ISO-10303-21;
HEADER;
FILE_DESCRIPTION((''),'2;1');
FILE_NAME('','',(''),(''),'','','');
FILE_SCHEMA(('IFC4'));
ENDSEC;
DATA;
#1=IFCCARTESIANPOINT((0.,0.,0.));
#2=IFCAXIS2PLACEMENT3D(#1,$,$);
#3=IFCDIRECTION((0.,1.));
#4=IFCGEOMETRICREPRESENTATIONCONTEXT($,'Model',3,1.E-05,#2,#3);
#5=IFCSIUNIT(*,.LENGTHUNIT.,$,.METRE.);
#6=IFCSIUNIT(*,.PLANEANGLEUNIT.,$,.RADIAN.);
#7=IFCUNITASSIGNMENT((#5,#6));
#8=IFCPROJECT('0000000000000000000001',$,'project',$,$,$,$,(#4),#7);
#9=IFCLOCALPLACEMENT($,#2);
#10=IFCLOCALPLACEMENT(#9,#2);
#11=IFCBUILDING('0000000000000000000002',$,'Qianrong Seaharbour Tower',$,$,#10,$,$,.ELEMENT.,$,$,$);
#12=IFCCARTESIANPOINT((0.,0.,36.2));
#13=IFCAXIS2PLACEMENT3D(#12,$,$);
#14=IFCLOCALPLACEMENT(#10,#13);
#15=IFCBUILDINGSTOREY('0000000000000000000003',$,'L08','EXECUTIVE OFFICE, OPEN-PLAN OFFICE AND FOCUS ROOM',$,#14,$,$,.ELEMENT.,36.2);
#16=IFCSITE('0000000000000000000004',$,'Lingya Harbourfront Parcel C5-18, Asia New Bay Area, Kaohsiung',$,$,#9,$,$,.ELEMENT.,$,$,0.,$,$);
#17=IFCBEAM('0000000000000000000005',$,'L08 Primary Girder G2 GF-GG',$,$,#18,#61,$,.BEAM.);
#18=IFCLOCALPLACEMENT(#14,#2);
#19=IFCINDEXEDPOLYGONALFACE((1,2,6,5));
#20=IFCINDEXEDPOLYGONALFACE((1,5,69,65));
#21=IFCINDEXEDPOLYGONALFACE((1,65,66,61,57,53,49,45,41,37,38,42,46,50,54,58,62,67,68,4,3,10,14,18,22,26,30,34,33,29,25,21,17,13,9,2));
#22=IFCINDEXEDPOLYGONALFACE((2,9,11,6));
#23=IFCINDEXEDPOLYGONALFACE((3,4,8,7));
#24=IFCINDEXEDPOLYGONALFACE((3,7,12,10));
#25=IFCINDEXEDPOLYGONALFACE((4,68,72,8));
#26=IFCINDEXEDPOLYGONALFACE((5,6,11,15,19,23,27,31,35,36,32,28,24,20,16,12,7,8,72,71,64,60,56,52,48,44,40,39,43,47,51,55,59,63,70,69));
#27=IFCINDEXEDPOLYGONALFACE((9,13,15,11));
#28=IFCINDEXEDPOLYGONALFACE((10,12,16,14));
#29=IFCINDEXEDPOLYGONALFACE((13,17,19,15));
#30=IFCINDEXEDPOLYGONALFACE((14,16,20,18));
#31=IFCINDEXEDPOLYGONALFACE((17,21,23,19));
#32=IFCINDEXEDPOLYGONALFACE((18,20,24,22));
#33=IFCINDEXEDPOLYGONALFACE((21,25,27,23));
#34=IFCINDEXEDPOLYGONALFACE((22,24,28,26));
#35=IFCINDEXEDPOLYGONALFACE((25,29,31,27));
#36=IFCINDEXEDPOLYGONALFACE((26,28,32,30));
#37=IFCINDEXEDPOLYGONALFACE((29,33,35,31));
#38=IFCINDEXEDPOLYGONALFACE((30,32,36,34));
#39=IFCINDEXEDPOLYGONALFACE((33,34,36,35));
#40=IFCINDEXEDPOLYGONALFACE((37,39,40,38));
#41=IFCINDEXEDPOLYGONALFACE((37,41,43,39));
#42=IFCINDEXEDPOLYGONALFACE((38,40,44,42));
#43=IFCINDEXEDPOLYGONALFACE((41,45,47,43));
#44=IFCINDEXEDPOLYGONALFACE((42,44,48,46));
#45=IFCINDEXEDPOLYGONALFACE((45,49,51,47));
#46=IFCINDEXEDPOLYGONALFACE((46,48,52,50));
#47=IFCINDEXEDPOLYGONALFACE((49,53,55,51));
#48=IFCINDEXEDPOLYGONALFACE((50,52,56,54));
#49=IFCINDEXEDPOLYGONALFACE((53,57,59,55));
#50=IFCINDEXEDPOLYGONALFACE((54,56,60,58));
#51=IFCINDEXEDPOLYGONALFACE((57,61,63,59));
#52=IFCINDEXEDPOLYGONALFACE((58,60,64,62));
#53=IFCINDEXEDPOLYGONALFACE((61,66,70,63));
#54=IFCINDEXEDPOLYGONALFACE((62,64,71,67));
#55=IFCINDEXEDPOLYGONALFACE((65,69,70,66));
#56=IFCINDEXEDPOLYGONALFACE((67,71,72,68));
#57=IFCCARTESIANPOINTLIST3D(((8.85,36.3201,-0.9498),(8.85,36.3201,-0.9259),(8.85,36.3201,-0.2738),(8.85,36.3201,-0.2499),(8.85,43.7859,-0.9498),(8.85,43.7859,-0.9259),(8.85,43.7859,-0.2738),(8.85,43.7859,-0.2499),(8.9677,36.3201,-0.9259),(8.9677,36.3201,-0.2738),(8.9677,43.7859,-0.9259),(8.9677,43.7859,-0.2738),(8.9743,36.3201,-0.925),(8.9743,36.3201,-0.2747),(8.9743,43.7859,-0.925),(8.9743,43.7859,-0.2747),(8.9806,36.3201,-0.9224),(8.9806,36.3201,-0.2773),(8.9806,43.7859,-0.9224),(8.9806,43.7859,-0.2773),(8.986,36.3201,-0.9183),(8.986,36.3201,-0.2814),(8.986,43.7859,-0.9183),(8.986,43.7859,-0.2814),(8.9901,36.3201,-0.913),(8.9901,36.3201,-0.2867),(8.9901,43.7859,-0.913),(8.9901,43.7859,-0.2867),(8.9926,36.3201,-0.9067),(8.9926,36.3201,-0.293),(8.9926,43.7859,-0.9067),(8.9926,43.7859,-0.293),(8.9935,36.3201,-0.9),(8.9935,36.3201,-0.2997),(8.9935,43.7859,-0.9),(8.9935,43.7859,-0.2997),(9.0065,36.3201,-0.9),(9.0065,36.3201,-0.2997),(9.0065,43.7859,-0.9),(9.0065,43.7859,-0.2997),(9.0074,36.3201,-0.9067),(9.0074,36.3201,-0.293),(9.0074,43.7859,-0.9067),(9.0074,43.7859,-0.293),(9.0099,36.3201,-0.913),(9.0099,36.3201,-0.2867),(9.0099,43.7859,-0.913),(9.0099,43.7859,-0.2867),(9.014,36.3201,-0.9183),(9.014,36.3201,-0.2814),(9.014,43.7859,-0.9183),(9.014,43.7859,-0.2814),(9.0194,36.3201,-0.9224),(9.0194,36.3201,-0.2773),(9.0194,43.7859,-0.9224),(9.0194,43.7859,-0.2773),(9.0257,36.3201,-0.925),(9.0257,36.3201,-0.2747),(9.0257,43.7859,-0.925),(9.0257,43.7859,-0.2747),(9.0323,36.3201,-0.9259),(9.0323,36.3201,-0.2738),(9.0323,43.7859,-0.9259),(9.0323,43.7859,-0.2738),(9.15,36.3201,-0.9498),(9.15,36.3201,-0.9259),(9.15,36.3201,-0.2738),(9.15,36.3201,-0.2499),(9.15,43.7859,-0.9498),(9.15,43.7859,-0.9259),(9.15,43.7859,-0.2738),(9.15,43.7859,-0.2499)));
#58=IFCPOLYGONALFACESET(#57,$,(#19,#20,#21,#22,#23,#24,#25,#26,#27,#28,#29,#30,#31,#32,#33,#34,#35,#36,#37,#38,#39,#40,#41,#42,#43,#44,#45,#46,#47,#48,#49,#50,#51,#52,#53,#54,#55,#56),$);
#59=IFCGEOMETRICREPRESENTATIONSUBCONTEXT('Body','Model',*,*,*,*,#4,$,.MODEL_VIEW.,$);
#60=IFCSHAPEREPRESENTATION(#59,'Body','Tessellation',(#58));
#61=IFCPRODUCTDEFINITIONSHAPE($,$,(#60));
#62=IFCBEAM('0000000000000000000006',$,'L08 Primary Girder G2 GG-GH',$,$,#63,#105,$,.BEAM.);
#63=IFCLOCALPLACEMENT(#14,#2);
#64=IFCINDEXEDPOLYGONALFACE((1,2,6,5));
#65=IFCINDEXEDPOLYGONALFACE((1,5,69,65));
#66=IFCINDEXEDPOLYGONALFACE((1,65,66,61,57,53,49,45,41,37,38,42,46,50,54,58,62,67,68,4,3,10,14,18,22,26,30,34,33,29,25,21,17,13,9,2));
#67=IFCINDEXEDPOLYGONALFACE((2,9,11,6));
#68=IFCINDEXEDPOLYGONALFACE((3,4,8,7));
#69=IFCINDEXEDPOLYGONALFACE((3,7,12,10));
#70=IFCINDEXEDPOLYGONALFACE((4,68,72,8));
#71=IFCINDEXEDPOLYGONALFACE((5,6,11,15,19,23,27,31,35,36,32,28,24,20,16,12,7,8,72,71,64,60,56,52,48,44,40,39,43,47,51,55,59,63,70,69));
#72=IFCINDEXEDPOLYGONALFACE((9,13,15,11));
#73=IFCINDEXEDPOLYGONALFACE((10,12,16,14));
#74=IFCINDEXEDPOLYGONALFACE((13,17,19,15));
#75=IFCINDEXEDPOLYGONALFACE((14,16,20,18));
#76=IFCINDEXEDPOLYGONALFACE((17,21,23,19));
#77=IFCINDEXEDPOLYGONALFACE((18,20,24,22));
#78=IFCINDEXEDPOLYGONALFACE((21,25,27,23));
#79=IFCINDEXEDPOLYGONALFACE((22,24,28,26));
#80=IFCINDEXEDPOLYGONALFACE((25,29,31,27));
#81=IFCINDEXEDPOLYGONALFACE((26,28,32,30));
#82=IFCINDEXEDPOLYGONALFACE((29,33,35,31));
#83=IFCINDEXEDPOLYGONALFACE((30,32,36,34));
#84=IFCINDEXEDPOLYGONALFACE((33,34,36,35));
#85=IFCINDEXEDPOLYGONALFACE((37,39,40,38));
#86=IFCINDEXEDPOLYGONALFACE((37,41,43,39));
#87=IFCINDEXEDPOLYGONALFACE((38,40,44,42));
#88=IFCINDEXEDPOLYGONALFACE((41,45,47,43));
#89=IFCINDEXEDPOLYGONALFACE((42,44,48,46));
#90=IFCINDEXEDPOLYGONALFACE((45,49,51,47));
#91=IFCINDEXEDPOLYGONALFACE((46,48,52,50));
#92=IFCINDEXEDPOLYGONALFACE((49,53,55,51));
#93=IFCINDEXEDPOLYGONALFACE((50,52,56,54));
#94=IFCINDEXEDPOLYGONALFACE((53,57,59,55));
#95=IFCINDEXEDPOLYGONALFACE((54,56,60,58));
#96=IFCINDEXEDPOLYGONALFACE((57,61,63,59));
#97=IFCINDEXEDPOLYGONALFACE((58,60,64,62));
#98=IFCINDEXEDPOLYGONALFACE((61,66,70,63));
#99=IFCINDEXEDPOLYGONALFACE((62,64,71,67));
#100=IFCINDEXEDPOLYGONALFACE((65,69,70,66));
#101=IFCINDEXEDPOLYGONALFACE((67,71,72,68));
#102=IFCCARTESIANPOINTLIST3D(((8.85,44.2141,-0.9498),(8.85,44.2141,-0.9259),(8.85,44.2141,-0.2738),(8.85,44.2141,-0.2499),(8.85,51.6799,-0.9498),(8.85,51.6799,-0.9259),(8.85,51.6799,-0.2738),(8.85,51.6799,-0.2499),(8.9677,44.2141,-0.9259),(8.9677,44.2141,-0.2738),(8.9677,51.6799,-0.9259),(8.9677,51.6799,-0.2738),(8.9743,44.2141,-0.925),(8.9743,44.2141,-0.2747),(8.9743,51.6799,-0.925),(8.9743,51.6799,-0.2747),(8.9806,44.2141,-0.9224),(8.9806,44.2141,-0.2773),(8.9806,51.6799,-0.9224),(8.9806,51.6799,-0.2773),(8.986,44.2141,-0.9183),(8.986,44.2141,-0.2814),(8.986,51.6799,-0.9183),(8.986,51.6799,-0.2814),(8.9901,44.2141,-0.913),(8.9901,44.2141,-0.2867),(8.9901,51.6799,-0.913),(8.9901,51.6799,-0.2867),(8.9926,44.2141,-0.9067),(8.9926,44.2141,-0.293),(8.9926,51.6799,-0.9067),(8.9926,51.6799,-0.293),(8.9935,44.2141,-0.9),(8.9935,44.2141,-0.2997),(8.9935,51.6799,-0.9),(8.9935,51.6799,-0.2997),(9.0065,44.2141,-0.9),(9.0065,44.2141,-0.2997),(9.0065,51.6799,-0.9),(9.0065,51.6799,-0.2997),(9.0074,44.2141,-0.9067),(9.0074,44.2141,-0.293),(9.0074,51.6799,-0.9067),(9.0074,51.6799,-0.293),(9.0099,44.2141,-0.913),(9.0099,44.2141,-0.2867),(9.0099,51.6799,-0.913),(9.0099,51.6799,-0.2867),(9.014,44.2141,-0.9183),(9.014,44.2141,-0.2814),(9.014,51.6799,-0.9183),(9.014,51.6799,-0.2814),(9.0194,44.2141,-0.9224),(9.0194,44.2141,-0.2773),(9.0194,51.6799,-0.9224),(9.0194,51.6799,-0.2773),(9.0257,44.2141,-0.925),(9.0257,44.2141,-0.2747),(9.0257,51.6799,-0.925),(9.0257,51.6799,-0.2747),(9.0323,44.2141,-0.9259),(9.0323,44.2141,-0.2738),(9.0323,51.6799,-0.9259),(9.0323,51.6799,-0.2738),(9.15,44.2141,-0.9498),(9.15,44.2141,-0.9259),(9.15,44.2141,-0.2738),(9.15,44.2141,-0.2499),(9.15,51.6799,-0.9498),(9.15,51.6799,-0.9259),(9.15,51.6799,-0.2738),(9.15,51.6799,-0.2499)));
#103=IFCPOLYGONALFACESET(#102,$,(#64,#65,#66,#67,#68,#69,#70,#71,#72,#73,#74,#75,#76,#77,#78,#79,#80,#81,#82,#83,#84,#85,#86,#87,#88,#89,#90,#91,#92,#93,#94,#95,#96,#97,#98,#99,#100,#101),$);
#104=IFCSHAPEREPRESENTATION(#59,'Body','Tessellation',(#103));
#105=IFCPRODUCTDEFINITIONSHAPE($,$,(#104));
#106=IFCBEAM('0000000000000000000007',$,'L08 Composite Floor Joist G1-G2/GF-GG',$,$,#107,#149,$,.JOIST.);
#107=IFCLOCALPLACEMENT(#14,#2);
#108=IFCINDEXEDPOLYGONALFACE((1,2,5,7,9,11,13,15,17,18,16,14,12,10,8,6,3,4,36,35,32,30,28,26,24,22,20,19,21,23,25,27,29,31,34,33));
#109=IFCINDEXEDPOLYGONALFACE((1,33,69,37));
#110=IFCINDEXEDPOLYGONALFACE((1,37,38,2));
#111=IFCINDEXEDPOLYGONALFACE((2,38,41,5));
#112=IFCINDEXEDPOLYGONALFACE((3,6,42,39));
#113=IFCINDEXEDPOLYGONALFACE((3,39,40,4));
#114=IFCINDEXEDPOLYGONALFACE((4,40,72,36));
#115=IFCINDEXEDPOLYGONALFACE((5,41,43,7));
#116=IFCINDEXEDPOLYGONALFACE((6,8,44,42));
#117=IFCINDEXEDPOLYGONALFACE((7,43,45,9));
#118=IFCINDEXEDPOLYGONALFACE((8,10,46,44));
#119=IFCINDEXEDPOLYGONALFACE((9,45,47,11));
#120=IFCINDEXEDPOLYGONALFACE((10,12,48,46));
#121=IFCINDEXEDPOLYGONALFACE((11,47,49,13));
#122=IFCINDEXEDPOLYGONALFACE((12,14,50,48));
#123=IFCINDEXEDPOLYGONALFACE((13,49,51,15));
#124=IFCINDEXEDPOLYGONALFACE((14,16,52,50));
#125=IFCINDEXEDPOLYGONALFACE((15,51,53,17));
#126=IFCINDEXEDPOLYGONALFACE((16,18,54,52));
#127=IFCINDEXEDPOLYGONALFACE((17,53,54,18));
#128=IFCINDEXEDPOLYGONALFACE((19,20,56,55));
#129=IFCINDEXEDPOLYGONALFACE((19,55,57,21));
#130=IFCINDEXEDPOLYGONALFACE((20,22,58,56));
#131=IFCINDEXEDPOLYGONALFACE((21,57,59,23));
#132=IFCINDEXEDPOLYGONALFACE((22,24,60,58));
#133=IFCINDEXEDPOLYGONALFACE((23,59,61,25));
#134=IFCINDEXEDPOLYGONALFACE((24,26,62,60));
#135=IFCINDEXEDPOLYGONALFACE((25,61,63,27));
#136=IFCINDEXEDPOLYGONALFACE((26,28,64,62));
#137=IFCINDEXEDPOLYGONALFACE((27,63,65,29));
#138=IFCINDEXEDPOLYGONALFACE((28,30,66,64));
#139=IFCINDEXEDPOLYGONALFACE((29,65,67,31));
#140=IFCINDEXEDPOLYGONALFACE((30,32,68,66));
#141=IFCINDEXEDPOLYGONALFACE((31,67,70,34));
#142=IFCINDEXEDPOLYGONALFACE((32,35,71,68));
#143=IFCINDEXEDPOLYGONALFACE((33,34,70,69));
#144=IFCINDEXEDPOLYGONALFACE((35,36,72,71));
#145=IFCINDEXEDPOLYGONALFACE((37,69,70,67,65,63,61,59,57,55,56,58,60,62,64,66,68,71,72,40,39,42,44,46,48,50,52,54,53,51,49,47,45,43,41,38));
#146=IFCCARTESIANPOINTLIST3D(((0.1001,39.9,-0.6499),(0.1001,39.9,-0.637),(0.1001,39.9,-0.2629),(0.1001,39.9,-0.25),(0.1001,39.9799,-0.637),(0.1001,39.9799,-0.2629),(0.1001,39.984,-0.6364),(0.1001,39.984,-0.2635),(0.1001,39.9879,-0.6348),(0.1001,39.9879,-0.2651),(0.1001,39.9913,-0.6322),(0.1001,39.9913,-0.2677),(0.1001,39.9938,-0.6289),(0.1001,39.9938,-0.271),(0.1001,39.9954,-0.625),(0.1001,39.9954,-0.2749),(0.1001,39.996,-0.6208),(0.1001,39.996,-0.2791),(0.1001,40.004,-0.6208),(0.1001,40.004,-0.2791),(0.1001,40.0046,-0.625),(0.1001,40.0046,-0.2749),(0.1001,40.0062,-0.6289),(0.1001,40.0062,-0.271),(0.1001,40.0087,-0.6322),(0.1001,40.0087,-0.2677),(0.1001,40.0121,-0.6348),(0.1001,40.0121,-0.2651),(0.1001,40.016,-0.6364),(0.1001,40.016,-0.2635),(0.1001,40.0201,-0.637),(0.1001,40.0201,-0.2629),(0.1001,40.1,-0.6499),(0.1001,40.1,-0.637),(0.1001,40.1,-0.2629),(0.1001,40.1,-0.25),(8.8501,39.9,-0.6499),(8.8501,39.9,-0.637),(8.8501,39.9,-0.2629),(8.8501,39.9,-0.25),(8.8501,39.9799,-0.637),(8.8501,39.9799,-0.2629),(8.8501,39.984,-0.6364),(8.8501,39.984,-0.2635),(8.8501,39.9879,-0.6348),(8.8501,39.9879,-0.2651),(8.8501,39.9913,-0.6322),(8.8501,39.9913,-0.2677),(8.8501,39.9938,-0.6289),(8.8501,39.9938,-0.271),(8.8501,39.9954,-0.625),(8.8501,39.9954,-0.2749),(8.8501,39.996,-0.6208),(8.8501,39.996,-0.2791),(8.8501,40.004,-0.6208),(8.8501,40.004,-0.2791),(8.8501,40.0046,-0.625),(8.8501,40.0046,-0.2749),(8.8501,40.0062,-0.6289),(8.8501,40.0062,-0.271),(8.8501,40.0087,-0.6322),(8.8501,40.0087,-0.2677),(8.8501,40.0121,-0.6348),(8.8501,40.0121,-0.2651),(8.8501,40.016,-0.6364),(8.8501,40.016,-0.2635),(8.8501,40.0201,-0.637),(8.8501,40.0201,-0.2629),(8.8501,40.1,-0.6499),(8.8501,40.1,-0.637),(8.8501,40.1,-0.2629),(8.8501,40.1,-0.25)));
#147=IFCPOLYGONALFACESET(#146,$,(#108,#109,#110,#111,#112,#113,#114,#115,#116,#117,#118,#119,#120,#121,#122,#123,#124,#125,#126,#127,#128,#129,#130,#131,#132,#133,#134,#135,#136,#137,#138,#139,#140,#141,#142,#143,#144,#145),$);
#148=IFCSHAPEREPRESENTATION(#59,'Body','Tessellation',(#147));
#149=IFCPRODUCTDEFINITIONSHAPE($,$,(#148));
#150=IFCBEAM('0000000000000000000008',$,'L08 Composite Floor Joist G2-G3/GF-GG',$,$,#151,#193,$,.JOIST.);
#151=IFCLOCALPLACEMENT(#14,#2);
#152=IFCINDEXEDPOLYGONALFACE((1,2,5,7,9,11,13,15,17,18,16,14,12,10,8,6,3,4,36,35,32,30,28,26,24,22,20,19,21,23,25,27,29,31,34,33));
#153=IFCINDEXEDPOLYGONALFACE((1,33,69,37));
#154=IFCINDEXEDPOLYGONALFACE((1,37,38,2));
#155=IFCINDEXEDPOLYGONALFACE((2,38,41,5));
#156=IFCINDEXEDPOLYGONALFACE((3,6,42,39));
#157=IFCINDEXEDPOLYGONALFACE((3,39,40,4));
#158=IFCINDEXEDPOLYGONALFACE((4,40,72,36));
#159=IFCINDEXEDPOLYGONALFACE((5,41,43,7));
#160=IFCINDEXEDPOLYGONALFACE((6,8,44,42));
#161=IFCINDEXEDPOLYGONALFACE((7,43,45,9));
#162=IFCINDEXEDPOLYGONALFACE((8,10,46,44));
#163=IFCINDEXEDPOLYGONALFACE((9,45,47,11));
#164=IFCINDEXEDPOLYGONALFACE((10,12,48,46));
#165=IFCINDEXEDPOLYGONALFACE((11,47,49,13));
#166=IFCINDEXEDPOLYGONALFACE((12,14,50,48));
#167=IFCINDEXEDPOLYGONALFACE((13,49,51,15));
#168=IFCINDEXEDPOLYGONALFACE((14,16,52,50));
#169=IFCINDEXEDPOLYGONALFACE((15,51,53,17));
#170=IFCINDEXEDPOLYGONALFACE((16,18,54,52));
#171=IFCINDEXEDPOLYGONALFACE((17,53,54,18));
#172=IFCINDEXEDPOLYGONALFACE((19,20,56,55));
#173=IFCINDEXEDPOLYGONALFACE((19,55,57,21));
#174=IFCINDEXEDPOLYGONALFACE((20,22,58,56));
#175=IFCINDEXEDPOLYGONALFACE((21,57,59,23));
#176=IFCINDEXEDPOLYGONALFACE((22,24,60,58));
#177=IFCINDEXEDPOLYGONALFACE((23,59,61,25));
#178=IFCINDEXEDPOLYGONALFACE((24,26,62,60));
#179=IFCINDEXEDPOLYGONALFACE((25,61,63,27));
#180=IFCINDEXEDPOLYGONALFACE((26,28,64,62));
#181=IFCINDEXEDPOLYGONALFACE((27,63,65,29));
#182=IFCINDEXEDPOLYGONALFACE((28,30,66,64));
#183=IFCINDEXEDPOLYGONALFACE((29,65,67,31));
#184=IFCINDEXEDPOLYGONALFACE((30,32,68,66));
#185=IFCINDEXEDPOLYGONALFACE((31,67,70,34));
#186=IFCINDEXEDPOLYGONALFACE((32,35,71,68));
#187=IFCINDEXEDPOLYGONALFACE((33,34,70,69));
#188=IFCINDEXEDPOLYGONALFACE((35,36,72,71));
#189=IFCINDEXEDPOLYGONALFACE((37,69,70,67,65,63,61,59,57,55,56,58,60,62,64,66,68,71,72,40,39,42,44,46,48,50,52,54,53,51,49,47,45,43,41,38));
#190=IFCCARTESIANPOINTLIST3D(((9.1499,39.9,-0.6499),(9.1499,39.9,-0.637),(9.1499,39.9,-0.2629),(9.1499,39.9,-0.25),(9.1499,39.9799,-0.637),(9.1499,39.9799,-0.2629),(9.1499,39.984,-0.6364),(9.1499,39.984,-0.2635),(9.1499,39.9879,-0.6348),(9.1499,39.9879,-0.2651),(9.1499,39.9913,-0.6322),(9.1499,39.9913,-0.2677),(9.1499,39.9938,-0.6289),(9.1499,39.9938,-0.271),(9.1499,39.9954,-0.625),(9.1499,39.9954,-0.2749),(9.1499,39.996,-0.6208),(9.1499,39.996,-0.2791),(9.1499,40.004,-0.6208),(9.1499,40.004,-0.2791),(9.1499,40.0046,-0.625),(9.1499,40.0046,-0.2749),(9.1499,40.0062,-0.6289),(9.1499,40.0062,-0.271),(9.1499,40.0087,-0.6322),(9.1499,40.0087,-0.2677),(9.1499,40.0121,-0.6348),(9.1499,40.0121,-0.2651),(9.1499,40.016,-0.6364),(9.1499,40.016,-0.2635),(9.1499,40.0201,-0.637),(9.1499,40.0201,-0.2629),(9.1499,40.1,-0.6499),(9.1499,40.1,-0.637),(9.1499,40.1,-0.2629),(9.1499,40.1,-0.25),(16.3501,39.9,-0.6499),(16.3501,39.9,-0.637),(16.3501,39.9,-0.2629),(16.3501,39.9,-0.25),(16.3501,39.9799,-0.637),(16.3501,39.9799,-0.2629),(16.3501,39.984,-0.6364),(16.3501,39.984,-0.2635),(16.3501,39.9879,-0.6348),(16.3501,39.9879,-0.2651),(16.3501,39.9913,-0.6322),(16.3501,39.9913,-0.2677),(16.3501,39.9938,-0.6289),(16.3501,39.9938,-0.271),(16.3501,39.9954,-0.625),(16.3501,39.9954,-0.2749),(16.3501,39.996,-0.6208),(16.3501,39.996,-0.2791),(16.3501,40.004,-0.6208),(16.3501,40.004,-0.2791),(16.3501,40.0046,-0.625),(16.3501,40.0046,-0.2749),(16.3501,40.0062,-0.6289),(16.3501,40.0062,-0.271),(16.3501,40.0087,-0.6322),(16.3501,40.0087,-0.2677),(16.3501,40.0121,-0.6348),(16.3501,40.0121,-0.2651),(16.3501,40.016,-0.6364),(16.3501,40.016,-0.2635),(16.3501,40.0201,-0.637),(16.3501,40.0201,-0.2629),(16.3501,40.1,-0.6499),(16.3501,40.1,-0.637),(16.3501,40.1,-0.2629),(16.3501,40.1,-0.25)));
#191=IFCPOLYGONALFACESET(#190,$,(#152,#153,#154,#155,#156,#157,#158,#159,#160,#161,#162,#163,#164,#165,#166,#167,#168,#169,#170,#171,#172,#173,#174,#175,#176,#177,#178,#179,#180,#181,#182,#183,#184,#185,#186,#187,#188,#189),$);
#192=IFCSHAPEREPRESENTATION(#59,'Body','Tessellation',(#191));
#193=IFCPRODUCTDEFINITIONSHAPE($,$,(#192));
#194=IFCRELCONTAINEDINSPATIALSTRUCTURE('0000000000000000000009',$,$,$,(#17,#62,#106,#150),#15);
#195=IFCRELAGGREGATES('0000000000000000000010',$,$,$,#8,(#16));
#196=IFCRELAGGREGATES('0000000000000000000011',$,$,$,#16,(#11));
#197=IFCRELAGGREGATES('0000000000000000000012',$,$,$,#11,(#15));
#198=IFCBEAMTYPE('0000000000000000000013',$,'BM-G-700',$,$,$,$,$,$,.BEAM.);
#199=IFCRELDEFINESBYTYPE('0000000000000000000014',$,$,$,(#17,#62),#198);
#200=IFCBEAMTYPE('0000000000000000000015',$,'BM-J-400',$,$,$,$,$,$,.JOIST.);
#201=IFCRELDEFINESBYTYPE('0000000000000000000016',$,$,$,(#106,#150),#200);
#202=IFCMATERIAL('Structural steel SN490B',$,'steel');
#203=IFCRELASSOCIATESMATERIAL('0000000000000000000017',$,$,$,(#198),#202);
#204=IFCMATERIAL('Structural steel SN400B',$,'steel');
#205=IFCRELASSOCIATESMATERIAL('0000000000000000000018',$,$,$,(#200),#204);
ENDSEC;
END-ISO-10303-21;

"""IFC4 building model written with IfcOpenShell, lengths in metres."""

from ifc_helpers import new_model, si_unit, direction, frame, origin, origin_2d, place, context, subcontext, project, spatial, i_section, extrude, material, material_profile, profile_set, type_object, element, save


model = new_model("IFC4")

# Units and contexts
model_context = context("Model", 3, precision=1e-05, world=origin(), true_north=direction((0.0, 1.0)))
body_context = subcontext(model_context, "Body", "Model", "MODEL_VIEW")
ifc_project = project(units=[si_unit("LENGTHUNIT", "METRE"), si_unit("PLANEANGLEUNIT", "RADIAN")], contexts=[model_context])

# Site, building, storey
site_placement = place(None, origin())
site = spatial("IfcSite", under=ifc_project, at=site_placement, Name="Lingya Harbourfront Parcel C5-18, Asia New Bay Area, Kaohsiung", CompositionType="ELEMENT", RefElevation=0.0)
building_placement = place(site_placement, origin())
building = spatial("IfcBuilding", under=site, at=building_placement, Name="Qianrong Seaharbour Tower", CompositionType="ELEMENT")
storey_placement = place(building_placement, frame((0.0, 0.0, 36.2)))
storey = spatial("IfcBuildingStorey", under=building, at=storey_placement, Name="L08", Description="EXECUTIVE OFFICE, OPEN-PLAN OFFICE AND FOCUS ROOM", CompositionType="ELEMENT", Elevation=36.2)

# Shared definitions
ifc_material_1 = material(Name="Structural steel SN490B", Category="steel")

# Beams
ifc_material_profile_1 = material_profile(ifc_material_1, i_section(OverallWidth=0.3, OverallDepth=0.7, WebThickness=0.0129, FlangeThickness=0.0239, FilletRadius=0.0259, at=origin_2d()), Name="H700x300x13x24")
ifc_profile_set_1 = profile_set([ifc_material_profile_1], Name="Structural steel SN490B")
beam_type_1 = type_object("IfcBeamType", Name="BM-G-700", PredefinedType="BEAM", material=ifc_profile_set_1)
for number, where, z_axis, x_axis, name in (
    (1, (9.0, 36.3201, -0.5999), (0.0, 1.0, 0.0), (-1.0, 0.0, 0.0), "L08 Primary Girder G2 GF-GG"),
    (2, (9.0, 44.2141, -0.5999), (0.0, 1.0, 0.0), (-1.0, 0.0, 0.0), "L08 Primary Girder G2 GG-GH"),
):
    element("IfcBeam", number, at=place(storey_placement, frame(where, z_axis=z_axis, x_axis=x_axis)), inside=storey, type_object=beam_type_1, Name=name, PredefinedType="BEAM", context=body_context, shape_type="SweptSolid", body=[
        extrude(i_section(OverallWidth=0.3, OverallDepth=0.7, WebThickness=0.0129, FlangeThickness=0.0239, FilletRadius=0.0259, at=origin_2d()), origin(), (0.0, 0.0, 1.0), 7.4658),
    ])
ifc_material_2 = material(Name="Structural steel SN400B", Category="steel")
ifc_material_profile_2 = material_profile(ifc_material_2, i_section(OverallWidth=0.2, OverallDepth=0.3999, WebThickness=0.0081, FlangeThickness=0.0129, FilletRadius=0.0161, at=origin_2d()), Name="H400x200x8x13")
ifc_profile_set_2 = profile_set([ifc_material_profile_2], Name="Structural steel SN400B")
beam_type_2 = type_object("IfcBeamType", Name="BM-J-400", PredefinedType="JOIST", material=ifc_profile_set_2)
beam_1_placement = place(storey_placement, frame((0.1001, 40.0, -0.45), z_axis=(1.0, 0.0, 0.0), x_axis=(0.0, 1.0, 0.0)))
element("IfcBeam", 3, at=beam_1_placement, inside=storey, type_object=beam_type_2, Name="L08 Composite Floor Joist G1-G2/GF-GG", PredefinedType="JOIST", context=body_context, shape_type="SweptSolid", body=[
    extrude(i_section(OverallWidth=0.2, OverallDepth=0.3999, WebThickness=0.0081, FlangeThickness=0.0129, FilletRadius=0.0161, at=origin_2d()), origin(), (0.0, 0.0, 1.0), 8.75),
])
for number, where, z_axis, x_axis, name in (
    (4, (9.1499, 40.0, -0.45), (1.0, 0.0, 0.0), (0.0, 1.0, 0.0), "L08 Composite Floor Joist G2-G3/GF-GG"),
):
    element("IfcBeam", number, at=place(storey_placement, frame(where, z_axis=z_axis, x_axis=x_axis)), inside=storey, type_object=beam_type_2, Name=name, PredefinedType="JOIST", context=body_context, shape_type="SweptSolid", body=[
        extrude(i_section(OverallWidth=0.2, OverallDepth=0.3999, WebThickness=0.0081, FlangeThickness=0.0129, FilletRadius=0.0161, at=origin_2d()), origin(), (0.0, 0.0, 1.0), 7.2002),
    ])

save(model, "model.ifc")
